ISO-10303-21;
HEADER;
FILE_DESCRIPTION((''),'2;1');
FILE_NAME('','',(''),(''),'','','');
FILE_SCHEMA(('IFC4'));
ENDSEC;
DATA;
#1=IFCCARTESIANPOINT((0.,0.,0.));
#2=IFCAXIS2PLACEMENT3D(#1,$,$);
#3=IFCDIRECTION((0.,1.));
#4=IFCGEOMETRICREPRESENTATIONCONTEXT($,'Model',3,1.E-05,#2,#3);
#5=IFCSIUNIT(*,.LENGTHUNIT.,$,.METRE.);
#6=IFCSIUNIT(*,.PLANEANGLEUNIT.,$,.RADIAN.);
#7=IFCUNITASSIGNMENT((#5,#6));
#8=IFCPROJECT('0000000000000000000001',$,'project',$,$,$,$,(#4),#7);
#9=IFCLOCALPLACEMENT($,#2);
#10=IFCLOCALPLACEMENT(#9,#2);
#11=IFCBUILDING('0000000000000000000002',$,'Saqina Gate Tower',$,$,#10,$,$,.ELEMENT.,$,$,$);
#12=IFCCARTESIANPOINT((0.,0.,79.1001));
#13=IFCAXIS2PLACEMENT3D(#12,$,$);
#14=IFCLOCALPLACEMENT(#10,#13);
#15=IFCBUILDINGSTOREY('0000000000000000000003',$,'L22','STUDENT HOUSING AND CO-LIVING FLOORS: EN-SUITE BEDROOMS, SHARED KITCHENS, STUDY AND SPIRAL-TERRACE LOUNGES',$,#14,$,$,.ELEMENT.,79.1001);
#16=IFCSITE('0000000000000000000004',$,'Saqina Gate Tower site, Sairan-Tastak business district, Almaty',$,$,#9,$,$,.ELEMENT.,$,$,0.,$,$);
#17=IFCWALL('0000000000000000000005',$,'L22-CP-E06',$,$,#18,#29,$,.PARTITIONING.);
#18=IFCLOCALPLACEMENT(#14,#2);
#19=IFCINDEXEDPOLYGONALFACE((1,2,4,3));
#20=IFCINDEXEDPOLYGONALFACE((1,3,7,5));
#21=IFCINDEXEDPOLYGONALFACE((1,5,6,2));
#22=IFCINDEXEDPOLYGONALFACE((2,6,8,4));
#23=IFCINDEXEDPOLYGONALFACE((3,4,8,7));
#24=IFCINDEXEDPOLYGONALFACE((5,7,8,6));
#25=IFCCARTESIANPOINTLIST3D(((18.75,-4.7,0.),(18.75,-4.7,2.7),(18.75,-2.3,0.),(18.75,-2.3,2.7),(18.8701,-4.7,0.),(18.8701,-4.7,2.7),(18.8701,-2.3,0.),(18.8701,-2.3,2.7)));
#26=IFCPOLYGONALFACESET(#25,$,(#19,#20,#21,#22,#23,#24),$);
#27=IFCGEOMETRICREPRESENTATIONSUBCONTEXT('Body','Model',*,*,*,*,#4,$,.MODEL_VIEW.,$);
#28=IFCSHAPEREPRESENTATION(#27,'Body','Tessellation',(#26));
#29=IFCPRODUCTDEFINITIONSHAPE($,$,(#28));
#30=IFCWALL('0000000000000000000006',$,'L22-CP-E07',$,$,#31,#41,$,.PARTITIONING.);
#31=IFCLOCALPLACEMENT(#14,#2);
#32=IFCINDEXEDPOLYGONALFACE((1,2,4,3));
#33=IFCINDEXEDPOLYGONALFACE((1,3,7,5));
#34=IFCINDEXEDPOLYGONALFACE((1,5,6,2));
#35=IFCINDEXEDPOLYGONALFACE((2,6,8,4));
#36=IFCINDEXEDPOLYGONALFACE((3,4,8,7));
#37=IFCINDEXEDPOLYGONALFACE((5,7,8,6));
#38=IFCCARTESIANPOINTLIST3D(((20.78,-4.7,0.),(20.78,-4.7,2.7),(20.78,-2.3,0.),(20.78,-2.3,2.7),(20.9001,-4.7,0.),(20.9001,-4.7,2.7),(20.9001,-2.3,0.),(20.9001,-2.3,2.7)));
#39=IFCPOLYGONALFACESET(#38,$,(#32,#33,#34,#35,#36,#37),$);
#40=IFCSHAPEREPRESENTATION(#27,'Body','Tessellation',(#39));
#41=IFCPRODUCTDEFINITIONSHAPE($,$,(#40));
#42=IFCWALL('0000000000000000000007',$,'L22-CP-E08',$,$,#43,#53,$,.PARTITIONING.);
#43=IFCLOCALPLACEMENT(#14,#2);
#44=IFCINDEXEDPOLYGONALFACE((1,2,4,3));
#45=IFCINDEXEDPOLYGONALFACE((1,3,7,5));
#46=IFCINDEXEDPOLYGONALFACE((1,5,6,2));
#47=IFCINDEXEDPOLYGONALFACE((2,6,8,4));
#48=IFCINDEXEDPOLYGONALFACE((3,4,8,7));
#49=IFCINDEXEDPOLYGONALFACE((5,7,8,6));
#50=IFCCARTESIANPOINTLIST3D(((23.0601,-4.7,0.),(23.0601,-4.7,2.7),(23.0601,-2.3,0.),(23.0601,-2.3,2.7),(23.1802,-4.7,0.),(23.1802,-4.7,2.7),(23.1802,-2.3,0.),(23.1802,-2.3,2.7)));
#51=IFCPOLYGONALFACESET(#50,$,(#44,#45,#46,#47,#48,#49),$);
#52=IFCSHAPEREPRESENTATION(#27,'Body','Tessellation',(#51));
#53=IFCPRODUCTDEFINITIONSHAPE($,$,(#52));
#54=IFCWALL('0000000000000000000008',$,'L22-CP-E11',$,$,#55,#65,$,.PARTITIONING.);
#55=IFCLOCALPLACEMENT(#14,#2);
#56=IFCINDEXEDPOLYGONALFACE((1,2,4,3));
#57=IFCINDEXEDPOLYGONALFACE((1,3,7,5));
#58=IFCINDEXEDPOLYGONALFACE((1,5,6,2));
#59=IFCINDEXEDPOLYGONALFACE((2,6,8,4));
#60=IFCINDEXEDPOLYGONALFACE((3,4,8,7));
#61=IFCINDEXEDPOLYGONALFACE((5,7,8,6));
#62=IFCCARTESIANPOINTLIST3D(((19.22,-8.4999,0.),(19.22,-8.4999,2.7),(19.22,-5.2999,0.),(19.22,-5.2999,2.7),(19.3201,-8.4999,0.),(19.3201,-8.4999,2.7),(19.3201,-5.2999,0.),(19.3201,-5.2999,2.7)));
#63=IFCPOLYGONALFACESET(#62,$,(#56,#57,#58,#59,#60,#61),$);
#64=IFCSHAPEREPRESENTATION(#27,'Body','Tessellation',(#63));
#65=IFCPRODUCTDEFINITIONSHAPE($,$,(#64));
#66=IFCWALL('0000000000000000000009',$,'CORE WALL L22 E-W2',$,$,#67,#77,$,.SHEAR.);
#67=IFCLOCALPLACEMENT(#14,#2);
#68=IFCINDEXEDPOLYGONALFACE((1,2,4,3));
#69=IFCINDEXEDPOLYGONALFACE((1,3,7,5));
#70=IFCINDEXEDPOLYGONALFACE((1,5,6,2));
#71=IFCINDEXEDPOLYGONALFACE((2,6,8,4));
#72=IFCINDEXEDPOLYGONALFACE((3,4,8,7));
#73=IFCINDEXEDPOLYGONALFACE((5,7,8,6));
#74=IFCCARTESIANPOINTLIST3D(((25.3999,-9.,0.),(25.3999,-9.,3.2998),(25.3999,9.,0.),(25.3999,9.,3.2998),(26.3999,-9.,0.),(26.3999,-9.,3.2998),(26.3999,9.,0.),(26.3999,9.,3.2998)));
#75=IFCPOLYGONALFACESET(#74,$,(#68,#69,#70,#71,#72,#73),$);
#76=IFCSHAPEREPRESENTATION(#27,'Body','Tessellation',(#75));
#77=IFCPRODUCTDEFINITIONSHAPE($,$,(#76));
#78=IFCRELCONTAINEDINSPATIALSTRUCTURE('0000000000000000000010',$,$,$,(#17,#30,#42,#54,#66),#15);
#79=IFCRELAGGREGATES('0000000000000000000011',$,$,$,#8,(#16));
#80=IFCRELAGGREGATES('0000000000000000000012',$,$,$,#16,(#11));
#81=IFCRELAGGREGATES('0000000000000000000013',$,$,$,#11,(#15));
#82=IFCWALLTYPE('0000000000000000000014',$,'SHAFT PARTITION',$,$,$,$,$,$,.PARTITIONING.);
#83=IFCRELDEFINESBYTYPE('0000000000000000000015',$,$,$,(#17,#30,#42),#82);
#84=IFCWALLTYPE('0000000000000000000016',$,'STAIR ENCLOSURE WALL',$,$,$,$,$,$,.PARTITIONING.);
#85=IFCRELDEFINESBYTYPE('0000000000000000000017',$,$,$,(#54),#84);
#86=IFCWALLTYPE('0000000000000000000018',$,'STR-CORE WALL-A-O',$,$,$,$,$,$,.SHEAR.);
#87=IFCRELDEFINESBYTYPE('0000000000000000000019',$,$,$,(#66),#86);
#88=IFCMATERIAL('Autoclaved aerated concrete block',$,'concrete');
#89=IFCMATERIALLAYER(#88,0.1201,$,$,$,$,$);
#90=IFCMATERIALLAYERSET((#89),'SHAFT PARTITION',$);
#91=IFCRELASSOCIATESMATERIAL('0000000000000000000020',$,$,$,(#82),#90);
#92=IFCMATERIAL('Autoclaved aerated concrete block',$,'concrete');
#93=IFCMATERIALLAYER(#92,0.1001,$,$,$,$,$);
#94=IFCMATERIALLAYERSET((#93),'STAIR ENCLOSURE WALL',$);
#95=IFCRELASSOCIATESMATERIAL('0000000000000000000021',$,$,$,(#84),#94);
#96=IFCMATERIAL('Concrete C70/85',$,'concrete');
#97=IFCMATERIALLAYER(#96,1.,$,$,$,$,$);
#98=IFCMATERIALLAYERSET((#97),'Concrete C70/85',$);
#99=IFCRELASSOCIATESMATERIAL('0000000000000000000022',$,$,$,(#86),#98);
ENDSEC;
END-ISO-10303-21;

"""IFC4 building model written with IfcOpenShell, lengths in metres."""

from ifc_helpers import new_model, si_unit, direction, frame, frame_2d, origin, place, context, subcontext, project, spatial, rectangle, extrude, material, layer, layer_set, type_object, element, save


model = new_model("IFC4")

# Units and contexts
model_context = context("Model", 3, precision=1e-05, world=origin(), true_north=direction((0.0, 1.0)))
body_context = subcontext(model_context, "Body", "Model", "MODEL_VIEW")
ifc_project = project(units=[si_unit("LENGTHUNIT", "METRE"), si_unit("PLANEANGLEUNIT", "RADIAN")], contexts=[model_context])

# Site, building, storey
site_placement = place(None, origin())
site = spatial("IfcSite", under=ifc_project, at=site_placement, Name="Saqina Gate Tower site, Sairan-Tastak business district, Almaty", CompositionType="ELEMENT", RefElevation=0.0)
building_placement = place(site_placement, origin())
building = spatial("IfcBuilding", under=site, at=building_placement, Name="Saqina Gate Tower", CompositionType="ELEMENT")
storey_placement = place(building_placement, frame((0.0, 0.0, 79.1001)))
storey = spatial("IfcBuildingStorey", under=building, at=storey_placement, Name="L22", Description="STUDENT HOUSING AND CO-LIVING FLOORS: EN-SUITE BEDROOMS, SHARED KITCHENS, STUDY AND SPIRAL-TERRACE LOUNGES", CompositionType="ELEMENT", Elevation=79.1001)

# Walls
ifc_material_1 = material(Name="Autoclaved aerated concrete block", Category="concrete")
ifc_layer_1 = layer(ifc_material_1, 0.1201)
ifc_layer_set_1 = layer_set([ifc_layer_1], Name="SHAFT PARTITION")
wall_type_1 = type_object("IfcWallType", Name="SHAFT PARTITION", PredefinedType="PARTITIONING", material=ifc_layer_set_1)
for number, where, z_axis, x_axis, name in (
    (1, (18.8101, -4.7, 0.0), (0.0, 0.0, 1.0), (0.0, 1.0, 0.0), "L22-CP-E06"),
    (2, (20.8401, -4.7, 0.0), (0.0, 0.0, 1.0), (0.0, 1.0, 0.0), "L22-CP-E07"),
    (3, (23.1201, -4.7, 0.0), (0.0, 0.0, 1.0), (0.0, 1.0, 0.0), "L22-CP-E08"),
):
    element("IfcWall", number, at=place(storey_placement, frame(where, z_axis=z_axis, x_axis=x_axis)), inside=storey, type_object=wall_type_1, Name=name, PredefinedType="PARTITIONING", context=body_context, shape_type="SweptSolid", body=[
        extrude(rectangle(XDim=2.3999, YDim=0.1201, at=frame_2d((1.2, 0.0))), origin(), (0.0, 0.0, 1.0), 2.7),
    ])
ifc_material_2 = material(Name="Autoclaved aerated concrete block", Category="concrete")
ifc_layer_2 = layer(ifc_material_2, 0.1001)
ifc_layer_set_2 = layer_set([ifc_layer_2], Name="STAIR ENCLOSURE WALL")
wall_type_2 = type_object("IfcWallType", Name="STAIR ENCLOSURE WALL", PredefinedType="PARTITIONING", material=ifc_layer_set_2)
wall_1_placement = place(storey_placement, frame((19.27, -8.5, 0.0), z_axis=(0.0, 0.0, 1.0), x_axis=(0.0, 1.0, 0.0)))
element("IfcWall", 4, at=wall_1_placement, inside=storey, type_object=wall_type_2, Name="L22-CP-E11", PredefinedType="PARTITIONING", context=body_context, shape_type="SweptSolid", body=[
    extrude(rectangle(XDim=3.2, YDim=0.1001, at=frame_2d((1.6001, 0.0))), origin(), (0.0, 0.0, 1.0), 2.7),
])
ifc_material_3 = material(Name="Concrete C70/85", Category="concrete")
ifc_layer_3 = layer(ifc_material_3, 1.0)
ifc_layer_set_3 = layer_set([ifc_layer_3], Name="Concrete C70/85")
wall_type_3 = type_object("IfcWallType", Name="STR-CORE WALL-A-O", PredefinedType="SHEAR", material=ifc_layer_set_3)
wall_2_placement = place(storey_placement, frame((25.8999, -9.0, 0.0), z_axis=(0.0, 0.0, 1.0), x_axis=(0.0, 1.0, 0.0)))
element("IfcWall", 5, at=wall_2_placement, inside=storey, type_object=wall_type_3, Name="CORE WALL L22 E-W2", PredefinedType="SHEAR", context=body_context, shape_type="SweptSolid", body=[
    extrude(rectangle(XDim=18.0, YDim=1.0, at=frame_2d((9.0, 0.0))), origin(), (0.0, 0.0, 1.0), 3.2998),
])

save(model, "model.ifc")
